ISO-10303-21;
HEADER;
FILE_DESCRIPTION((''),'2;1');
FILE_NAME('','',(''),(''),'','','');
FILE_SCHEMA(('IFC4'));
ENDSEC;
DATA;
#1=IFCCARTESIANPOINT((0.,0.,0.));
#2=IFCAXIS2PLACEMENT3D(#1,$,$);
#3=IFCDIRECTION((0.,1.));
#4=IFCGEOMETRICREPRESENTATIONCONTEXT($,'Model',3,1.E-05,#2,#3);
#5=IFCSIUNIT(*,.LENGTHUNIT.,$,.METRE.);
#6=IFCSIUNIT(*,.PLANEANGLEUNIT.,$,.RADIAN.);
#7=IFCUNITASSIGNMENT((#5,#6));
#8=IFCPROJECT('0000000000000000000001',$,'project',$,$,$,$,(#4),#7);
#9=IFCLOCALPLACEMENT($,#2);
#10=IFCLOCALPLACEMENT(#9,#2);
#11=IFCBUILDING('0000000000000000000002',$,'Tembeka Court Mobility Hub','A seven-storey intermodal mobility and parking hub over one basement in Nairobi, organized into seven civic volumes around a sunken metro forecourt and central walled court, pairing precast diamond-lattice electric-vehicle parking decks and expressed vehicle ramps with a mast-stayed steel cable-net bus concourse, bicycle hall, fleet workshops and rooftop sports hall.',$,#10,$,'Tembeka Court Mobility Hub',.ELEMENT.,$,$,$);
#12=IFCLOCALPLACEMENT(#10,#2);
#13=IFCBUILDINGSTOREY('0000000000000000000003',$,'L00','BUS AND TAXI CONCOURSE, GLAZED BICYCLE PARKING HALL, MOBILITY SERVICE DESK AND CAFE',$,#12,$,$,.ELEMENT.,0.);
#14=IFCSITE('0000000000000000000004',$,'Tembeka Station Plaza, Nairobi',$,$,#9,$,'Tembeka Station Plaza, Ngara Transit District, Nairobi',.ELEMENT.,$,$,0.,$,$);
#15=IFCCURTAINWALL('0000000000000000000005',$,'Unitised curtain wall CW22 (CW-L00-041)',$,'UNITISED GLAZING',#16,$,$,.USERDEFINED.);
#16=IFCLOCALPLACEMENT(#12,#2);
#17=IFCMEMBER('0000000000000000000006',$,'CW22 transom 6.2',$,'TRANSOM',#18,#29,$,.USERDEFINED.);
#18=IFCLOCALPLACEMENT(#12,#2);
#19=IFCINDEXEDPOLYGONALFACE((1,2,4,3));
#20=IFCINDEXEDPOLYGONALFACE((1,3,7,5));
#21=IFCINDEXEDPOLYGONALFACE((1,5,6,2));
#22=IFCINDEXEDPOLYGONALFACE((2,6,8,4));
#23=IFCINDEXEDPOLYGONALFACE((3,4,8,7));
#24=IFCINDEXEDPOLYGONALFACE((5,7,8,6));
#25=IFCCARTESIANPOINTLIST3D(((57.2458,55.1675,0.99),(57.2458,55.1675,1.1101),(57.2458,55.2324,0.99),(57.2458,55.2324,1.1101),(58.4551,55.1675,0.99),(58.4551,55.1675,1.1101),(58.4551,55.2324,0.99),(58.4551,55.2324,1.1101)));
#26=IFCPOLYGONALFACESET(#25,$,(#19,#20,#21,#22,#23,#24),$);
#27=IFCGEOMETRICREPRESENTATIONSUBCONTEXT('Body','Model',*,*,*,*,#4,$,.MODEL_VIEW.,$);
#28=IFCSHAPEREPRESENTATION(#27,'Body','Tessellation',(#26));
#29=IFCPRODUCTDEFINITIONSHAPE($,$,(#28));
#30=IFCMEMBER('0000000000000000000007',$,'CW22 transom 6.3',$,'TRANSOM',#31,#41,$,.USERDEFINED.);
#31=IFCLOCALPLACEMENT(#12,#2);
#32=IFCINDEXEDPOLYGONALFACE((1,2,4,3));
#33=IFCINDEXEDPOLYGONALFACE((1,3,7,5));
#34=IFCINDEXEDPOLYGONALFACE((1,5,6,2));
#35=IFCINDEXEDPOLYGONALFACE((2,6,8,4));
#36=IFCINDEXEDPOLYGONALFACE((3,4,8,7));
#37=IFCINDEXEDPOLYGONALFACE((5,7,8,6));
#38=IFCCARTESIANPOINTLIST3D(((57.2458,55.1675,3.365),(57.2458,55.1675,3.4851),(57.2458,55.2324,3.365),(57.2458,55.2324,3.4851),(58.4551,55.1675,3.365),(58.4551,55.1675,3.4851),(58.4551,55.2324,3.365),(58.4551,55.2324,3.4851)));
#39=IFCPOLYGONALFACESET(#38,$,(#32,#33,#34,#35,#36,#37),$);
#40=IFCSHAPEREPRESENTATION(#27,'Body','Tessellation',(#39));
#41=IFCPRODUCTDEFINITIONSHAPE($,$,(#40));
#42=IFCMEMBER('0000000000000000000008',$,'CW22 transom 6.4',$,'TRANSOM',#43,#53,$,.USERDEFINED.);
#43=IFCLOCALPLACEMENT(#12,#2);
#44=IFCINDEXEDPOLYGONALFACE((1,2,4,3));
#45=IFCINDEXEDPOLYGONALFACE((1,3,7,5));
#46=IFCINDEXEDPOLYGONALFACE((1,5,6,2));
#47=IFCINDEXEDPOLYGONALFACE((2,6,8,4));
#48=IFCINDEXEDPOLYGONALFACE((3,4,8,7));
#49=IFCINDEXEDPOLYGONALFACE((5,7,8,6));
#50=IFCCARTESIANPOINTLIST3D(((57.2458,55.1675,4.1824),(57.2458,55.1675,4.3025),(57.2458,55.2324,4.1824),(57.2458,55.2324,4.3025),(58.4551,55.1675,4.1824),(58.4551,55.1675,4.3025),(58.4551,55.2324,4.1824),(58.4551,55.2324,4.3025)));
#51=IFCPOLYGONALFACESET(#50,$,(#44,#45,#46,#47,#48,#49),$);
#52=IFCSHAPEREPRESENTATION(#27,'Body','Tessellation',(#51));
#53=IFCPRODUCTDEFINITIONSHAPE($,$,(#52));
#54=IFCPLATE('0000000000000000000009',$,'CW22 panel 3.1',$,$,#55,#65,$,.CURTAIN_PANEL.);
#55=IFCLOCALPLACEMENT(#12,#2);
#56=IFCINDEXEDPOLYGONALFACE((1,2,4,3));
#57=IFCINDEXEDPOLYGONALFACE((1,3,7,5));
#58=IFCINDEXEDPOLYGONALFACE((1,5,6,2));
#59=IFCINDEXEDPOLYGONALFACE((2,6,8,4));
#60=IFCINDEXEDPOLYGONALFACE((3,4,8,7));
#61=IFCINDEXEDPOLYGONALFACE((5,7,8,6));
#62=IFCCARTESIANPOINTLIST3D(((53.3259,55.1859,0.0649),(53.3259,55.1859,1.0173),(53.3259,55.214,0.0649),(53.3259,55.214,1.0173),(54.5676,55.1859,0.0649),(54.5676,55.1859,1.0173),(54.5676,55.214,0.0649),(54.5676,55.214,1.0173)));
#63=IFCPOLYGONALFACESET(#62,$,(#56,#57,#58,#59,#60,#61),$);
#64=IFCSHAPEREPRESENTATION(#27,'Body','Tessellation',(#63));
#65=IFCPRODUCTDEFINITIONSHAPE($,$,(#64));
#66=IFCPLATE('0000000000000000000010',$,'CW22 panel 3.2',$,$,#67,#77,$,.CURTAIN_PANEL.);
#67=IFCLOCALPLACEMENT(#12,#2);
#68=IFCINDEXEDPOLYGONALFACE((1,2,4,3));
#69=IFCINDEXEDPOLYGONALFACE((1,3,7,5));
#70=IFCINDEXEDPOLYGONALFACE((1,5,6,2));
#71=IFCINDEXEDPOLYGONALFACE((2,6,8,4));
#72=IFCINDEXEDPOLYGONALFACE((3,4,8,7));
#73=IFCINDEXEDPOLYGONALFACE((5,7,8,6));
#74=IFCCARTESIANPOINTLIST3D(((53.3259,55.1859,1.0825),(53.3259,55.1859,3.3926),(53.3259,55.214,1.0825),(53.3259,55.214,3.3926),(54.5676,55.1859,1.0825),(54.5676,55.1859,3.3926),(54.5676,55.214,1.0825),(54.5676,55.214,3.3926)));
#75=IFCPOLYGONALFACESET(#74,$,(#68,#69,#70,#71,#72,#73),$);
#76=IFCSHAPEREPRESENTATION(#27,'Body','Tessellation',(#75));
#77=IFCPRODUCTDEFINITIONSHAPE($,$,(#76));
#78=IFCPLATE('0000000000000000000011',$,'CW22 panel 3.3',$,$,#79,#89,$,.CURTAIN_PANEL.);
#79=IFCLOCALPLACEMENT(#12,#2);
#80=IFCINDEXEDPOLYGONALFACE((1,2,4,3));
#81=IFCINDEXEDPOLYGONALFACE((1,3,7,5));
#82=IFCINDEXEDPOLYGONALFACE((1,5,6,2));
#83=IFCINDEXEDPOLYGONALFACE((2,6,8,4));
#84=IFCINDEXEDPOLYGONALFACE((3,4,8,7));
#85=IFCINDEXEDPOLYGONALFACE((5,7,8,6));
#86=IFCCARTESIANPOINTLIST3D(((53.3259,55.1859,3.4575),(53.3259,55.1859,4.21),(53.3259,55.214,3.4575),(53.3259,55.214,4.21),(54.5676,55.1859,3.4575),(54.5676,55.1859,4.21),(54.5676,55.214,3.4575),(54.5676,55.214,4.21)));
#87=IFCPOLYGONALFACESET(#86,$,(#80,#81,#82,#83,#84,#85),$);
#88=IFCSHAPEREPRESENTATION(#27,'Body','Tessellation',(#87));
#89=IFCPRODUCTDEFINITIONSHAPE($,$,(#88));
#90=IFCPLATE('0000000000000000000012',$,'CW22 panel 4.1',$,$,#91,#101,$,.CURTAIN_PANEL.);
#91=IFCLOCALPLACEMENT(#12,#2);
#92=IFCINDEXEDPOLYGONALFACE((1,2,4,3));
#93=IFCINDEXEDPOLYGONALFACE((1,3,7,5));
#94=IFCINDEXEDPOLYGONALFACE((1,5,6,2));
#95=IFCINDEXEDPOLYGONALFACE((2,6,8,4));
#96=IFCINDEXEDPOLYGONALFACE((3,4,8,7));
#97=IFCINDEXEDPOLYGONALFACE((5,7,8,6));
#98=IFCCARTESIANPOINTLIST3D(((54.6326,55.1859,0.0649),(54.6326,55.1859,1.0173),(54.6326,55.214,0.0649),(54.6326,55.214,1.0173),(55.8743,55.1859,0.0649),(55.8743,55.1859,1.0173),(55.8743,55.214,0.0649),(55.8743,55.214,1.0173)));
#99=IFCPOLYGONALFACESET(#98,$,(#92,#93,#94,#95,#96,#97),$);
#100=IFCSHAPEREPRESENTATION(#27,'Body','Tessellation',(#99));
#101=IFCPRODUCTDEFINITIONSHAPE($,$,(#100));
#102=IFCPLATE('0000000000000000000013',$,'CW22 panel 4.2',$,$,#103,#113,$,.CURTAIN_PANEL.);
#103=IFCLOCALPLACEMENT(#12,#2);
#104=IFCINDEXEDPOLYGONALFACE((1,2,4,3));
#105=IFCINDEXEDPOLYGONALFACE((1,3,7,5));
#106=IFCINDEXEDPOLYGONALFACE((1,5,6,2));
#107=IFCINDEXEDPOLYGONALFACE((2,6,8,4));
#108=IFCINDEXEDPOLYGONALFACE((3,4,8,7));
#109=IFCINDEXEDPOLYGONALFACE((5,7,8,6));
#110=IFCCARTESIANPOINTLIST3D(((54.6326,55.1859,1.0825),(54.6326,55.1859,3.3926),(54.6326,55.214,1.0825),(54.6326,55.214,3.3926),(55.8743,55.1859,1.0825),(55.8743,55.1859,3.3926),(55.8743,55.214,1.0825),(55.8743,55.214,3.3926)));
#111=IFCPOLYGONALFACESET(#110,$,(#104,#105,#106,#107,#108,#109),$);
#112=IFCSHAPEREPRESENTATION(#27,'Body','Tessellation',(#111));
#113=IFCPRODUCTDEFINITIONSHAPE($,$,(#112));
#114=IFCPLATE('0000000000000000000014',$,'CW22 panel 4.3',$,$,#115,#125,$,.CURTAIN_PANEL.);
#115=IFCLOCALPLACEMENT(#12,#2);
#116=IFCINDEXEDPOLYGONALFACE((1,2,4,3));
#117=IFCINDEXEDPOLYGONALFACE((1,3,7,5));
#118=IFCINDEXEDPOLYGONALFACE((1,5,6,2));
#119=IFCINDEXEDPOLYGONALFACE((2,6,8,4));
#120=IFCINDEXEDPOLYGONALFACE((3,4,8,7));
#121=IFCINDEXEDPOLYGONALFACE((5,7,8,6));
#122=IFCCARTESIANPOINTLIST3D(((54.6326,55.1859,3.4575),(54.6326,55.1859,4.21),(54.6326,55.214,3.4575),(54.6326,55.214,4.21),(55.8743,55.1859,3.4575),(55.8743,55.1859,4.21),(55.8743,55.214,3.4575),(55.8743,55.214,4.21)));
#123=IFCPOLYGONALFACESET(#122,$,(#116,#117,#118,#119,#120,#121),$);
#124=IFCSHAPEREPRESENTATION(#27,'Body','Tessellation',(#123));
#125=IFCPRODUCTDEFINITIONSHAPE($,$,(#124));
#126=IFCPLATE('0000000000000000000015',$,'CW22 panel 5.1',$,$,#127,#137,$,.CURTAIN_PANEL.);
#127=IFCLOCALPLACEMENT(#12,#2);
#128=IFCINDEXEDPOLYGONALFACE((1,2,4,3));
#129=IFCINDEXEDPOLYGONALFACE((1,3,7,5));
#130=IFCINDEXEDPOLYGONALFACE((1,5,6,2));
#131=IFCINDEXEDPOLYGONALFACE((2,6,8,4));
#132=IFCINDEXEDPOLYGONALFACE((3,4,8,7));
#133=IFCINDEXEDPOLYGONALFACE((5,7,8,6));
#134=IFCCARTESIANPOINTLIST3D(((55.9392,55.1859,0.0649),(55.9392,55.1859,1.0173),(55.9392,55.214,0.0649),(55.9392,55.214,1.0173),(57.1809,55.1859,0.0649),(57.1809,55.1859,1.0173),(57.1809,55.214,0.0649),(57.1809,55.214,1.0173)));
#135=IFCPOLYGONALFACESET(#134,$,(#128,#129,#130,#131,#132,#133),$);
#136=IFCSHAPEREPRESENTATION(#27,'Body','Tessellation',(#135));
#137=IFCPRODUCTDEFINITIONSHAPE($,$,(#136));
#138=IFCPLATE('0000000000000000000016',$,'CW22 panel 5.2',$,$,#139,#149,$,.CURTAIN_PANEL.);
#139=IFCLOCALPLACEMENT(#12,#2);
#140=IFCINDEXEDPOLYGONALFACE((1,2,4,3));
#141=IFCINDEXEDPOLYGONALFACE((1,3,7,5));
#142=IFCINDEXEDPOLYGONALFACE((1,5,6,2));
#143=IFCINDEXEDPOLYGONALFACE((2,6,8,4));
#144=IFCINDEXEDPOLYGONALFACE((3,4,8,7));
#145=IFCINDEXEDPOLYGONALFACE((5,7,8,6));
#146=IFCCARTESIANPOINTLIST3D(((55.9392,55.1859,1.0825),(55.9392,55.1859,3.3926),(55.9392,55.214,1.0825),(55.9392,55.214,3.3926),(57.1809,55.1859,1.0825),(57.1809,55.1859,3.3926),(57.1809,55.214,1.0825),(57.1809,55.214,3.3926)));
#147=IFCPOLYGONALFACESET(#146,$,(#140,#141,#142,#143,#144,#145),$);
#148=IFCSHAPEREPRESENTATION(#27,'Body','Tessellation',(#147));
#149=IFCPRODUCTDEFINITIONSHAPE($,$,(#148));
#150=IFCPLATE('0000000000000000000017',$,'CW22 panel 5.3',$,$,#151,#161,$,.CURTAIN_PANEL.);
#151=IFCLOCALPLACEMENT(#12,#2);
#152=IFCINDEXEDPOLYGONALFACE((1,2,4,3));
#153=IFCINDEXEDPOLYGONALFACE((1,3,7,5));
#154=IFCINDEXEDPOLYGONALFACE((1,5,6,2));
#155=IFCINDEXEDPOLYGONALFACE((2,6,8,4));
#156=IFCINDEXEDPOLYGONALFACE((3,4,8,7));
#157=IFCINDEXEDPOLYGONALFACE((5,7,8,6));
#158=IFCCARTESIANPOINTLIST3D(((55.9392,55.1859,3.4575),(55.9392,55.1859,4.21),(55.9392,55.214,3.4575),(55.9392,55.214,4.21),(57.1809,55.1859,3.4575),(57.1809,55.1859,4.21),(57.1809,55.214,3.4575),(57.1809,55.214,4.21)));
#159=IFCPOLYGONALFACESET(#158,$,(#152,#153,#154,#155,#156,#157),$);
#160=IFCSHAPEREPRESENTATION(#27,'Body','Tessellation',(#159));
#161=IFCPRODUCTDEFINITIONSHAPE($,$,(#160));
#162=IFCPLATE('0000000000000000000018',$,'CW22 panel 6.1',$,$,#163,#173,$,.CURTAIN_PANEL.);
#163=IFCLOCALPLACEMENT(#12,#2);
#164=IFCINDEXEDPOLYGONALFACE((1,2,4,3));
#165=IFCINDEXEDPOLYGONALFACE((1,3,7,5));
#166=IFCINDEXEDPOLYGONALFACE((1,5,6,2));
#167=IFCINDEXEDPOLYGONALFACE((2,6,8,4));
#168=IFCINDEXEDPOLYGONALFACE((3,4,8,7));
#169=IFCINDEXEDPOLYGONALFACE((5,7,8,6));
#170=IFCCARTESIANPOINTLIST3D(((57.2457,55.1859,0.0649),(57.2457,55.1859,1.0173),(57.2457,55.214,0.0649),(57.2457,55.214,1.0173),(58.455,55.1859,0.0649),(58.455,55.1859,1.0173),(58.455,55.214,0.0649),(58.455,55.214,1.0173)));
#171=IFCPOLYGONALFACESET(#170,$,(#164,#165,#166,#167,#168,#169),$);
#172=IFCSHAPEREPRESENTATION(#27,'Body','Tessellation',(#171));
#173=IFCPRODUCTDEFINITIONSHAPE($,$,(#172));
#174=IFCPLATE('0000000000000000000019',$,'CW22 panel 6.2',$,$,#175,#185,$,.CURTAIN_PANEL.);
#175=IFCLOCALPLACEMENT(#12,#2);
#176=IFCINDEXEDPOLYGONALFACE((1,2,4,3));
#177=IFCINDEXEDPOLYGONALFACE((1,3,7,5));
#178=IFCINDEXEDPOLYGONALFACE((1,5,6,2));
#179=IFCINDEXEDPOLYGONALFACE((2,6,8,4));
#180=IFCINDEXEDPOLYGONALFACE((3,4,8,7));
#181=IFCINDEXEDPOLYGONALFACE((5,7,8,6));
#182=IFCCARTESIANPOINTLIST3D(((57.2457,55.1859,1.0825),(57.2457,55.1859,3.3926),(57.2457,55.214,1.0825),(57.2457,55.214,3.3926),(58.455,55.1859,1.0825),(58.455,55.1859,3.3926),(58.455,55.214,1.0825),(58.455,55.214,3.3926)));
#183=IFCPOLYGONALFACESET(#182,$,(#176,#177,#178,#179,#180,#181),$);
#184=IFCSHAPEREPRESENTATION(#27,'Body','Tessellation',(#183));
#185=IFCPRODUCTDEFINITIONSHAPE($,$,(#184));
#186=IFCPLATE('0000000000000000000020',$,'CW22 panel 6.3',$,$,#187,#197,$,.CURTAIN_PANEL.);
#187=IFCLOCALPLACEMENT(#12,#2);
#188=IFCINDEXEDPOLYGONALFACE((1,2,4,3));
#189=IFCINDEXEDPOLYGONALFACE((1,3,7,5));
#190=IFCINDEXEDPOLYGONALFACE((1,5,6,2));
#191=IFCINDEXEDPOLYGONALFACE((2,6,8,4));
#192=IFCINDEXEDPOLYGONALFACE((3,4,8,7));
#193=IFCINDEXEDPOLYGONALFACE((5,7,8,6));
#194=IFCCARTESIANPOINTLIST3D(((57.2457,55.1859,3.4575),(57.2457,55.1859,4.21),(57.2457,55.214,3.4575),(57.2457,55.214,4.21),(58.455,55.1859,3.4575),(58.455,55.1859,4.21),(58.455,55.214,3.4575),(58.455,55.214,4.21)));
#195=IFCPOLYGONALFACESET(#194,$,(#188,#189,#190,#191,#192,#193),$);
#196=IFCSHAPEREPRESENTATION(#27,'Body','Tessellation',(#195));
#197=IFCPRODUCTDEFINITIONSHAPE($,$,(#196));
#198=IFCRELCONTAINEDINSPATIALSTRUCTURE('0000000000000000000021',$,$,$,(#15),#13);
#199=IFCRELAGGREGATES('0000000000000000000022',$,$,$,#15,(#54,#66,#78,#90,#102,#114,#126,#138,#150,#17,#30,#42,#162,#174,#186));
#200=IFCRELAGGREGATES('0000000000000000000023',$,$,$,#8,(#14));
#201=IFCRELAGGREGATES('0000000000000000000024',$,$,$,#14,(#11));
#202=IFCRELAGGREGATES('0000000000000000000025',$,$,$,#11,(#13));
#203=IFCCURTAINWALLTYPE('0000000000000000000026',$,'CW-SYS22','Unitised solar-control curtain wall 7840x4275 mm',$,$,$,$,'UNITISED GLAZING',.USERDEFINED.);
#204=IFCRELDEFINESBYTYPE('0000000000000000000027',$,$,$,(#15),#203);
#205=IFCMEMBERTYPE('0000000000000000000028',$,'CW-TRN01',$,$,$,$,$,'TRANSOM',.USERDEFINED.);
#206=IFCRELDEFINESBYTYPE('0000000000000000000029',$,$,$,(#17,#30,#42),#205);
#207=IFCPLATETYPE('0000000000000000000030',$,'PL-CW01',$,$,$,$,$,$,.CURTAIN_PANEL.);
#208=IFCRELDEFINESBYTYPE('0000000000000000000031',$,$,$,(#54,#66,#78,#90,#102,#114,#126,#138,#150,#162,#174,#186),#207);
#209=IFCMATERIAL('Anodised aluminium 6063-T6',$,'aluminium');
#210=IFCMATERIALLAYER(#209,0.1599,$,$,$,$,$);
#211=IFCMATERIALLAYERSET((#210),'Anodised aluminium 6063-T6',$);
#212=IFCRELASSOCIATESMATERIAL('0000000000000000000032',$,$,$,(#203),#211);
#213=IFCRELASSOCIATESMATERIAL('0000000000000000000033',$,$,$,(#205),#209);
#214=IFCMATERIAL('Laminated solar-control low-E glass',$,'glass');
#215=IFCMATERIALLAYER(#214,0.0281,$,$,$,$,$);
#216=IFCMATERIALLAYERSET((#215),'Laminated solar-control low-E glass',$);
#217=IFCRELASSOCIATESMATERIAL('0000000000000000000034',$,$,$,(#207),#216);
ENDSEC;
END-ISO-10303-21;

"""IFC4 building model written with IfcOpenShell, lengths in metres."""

from ifc_helpers import new_model, si_unit, direction, frame, origin, origin_2d, place, context, subcontext, project, spatial, rectangle, extrude, material, layer, layer_set, material_profile, profile_set, type_object, element, aggregate, save


model = new_model("IFC4")

# Units and contexts
model_context = context("Model", 3, precision=1e-05, world=origin(), true_north=direction((0.0, 1.0)))
body_context = subcontext(model_context, "Body", "Model", "MODEL_VIEW")
ifc_project = project(units=[si_unit("LENGTHUNIT", "METRE"), si_unit("PLANEANGLEUNIT", "RADIAN")], contexts=[model_context])

# Site, building, storey
site_placement = place(None, origin())
site = spatial("IfcSite", under=ifc_project, at=site_placement, Name="Tembeka Station Plaza, Nairobi", LongName="Tembeka Station Plaza, Ngara Transit District, Nairobi", CompositionType="ELEMENT", RefElevation=0.0)
building_placement = place(site_placement, origin())
building = spatial("IfcBuilding", under=site, at=building_placement, Name="Tembeka Court Mobility Hub", Description="A seven-storey intermodal mobility and parking hub over one basement in Nairobi, organized into seven civic volumes around a sunken metro forecourt and central walled court, pairing precast diamond-lattice electric-vehicle parking decks and expressed vehicle ramps with a mast-stayed steel cable-net bus concourse, bicycle hall, fleet workshops and rooftop sports hall.", LongName="Tembeka Court Mobility Hub", CompositionType="ELEMENT")
storey_placement = place(building_placement, origin())
storey = spatial("IfcBuildingStorey", under=building, at=storey_placement, Name="L00", Description="BUS AND TAXI CONCOURSE, GLAZED BICYCLE PARKING HALL, MOBILITY SERVICE DESK AND CAFE", CompositionType="ELEMENT", Elevation=0.0)

# Curtain wall, members, plates
ifc_material_1 = material(Name="Anodised aluminium 6063-T6", Category="aluminium")
ifc_layer_1 = layer(ifc_material_1, 0.1599)
ifc_layer_set_1 = layer_set([ifc_layer_1], Name="Anodised aluminium 6063-T6")
curtain_wall_type = type_object("IfcCurtainWallType", Name="CW-SYS22", Description="Unitised solar-control curtain wall 7840x4275 mm", ElementType="UNITISED GLAZING", PredefinedType="USERDEFINED", material=ifc_layer_set_1)
curtain_wall_placement = place(storey_placement, origin())
curtain_wall = element("IfcCurtainWall", 1, at=curtain_wall_placement, inside=storey, type_object=curtain_wall_type, Name="Unitised curtain wall CW22 (CW-L00-041)", ObjectType="UNITISED GLAZING", PredefinedType="USERDEFINED")
ifc_material_profile_1 = material_profile(ifc_material_1, rectangle(XDim=0.0649, YDim=0.1201, at=origin_2d()), Name="ALU-TRN 65x120")
ifc_profile_set_1 = profile_set([ifc_material_profile_1], Name="Anodised aluminium 6063-T6")
member_type_1 = type_object("IfcMemberType", Name="CW-TRN01", ElementType="TRANSOM", PredefinedType="USERDEFINED", material=ifc_profile_set_1)
member_1_placement = place(storey_placement, frame((57.2458, 55.2, 1.05), z_axis=(1.0, 0.0, 0.0), x_axis=(0.0, 1.0, 0.0)))
member_1 = element("IfcMember", 2, at=member_1_placement, type_object=member_type_1, Name="CW22 transom 6.2", ObjectType="TRANSOM", PredefinedType="USERDEFINED", context=body_context, shape_type="SweptSolid", body=[
    extrude(rectangle(XDim=0.0649, YDim=0.1201, at=origin_2d()), origin(), (0.0, 0.0, 1.0), 1.2092),
])
member_2_placement = place(storey_placement, frame((57.2458, 55.2, 3.425), z_axis=(1.0, 0.0, 0.0), x_axis=(0.0, 1.0, 0.0)))
member_2 = element("IfcMember", 3, at=member_2_placement, type_object=member_type_1, Name="CW22 transom 6.3", ObjectType="TRANSOM", PredefinedType="USERDEFINED", context=body_context, shape_type="SweptSolid", body=[
    extrude(rectangle(XDim=0.0649, YDim=0.1201, at=origin_2d()), origin(), (0.0, 0.0, 1.0), 1.2092),
])
member_3_placement = place(storey_placement, frame((57.2458, 55.2, 4.2424), z_axis=(1.0, 0.0, 0.0), x_axis=(0.0, 1.0, 0.0)))
member_3 = element("IfcMember", 4, at=member_3_placement, type_object=member_type_1, Name="CW22 transom 6.4", ObjectType="TRANSOM", PredefinedType="USERDEFINED", context=body_context, shape_type="SweptSolid", body=[
    extrude(rectangle(XDim=0.0649, YDim=0.1201, at=origin_2d()), origin(), (0.0, 0.0, 1.0), 1.2092),
])
ifc_material_2 = material(Name="Laminated solar-control low-E glass", Category="glass")
ifc_layer_2 = layer(ifc_material_2, 0.0281)
ifc_layer_set_2 = layer_set([ifc_layer_2], Name="Laminated solar-control low-E glass")
plate_type = type_object("IfcPlateType", Name="PL-CW01", PredefinedType="CURTAIN_PANEL", material=ifc_layer_set_2)
plate_1_placement = place(storey_placement, frame((53.9468, 55.2, 0.0649), z_axis=(0.0, 0.0, 1.0), x_axis=(1.0, 0.0, 0.0)))
plate_1 = element("IfcPlate", 5, at=plate_1_placement, type_object=plate_type, Name="CW22 panel 3.1", PredefinedType="CURTAIN_PANEL", context=body_context, shape_type="SweptSolid", body=[
    extrude(rectangle(XDim=1.2417, YDim=0.0281, at=origin_2d()), origin(), (0.0, 0.0, 1.0), 0.9524),
])
plate_2_placement = place(storey_placement, frame((53.9468, 55.2, 1.0825), z_axis=(0.0, 0.0, 1.0), x_axis=(1.0, 0.0, 0.0)))
plate_2 = element("IfcPlate", 6, at=plate_2_placement, type_object=plate_type, Name="CW22 panel 3.2", PredefinedType="CURTAIN_PANEL", context=body_context, shape_type="SweptSolid", body=[
    extrude(rectangle(XDim=1.2417, YDim=0.0281, at=origin_2d()), origin(), (0.0, 0.0, 1.0), 2.3101),
])
plate_3_placement = place(storey_placement, frame((53.9468, 55.2, 3.4575), z_axis=(0.0, 0.0, 1.0), x_axis=(1.0, 0.0, 0.0)))
plate_3 = element("IfcPlate", 7, at=plate_3_placement, type_object=plate_type, Name="CW22 panel 3.3", PredefinedType="CURTAIN_PANEL", context=body_context, shape_type="SweptSolid", body=[
    extrude(rectangle(XDim=1.2417, YDim=0.0281, at=origin_2d()), origin(), (0.0, 0.0, 1.0), 0.7524),
])
plate_4_placement = place(storey_placement, frame((55.2534, 55.2, 0.0649), z_axis=(0.0, 0.0, 1.0), x_axis=(1.0, 0.0, 0.0)))
plate_4 = element("IfcPlate", 8, at=plate_4_placement, type_object=plate_type, Name="CW22 panel 4.1", PredefinedType="CURTAIN_PANEL", context=body_context, shape_type="SweptSolid", body=[
    extrude(rectangle(XDim=1.2417, YDim=0.0281, at=origin_2d()), origin(), (0.0, 0.0, 1.0), 0.9524),
])
plate_5_placement = place(storey_placement, frame((55.2534, 55.2, 1.0825), z_axis=(0.0, 0.0, 1.0), x_axis=(1.0, 0.0, 0.0)))
plate_5 = element("IfcPlate", 9, at=plate_5_placement, type_object=plate_type, Name="CW22 panel 4.2", PredefinedType="CURTAIN_PANEL", context=body_context, shape_type="SweptSolid", body=[
    extrude(rectangle(XDim=1.2417, YDim=0.0281, at=origin_2d()), origin(), (0.0, 0.0, 1.0), 2.3101),
])
plate_6_placement = place(storey_placement, frame((55.2534, 55.2, 3.4575), z_axis=(0.0, 0.0, 1.0), x_axis=(1.0, 0.0, 0.0)))
plate_6 = element("IfcPlate", 10, at=plate_6_placement, type_object=plate_type, Name="CW22 panel 4.3", PredefinedType="CURTAIN_PANEL", context=body_context, shape_type="SweptSolid", body=[
    extrude(rectangle(XDim=1.2417, YDim=0.0281, at=origin_2d()), origin(), (0.0, 0.0, 1.0), 0.7524),
])
plate_7_placement = place(storey_placement, frame((56.5601, 55.2, 0.0649), z_axis=(0.0, 0.0, 1.0), x_axis=(1.0, 0.0, 0.0)))
plate_7 = element("IfcPlate", 11, at=plate_7_placement, type_object=plate_type, Name="CW22 panel 5.1", PredefinedType="CURTAIN_PANEL", context=body_context, shape_type="SweptSolid", body=[
    extrude(rectangle(XDim=1.2417, YDim=0.0281, at=origin_2d()), origin(), (0.0, 0.0, 1.0), 0.9524),
])
plate_8_placement = place(storey_placement, frame((56.5601, 55.2, 1.0825), z_axis=(0.0, 0.0, 1.0), x_axis=(1.0, 0.0, 0.0)))
plate_8 = element("IfcPlate", 12, at=plate_8_placement, type_object=plate_type, Name="CW22 panel 5.2", PredefinedType="CURTAIN_PANEL", context=body_context, shape_type="SweptSolid", body=[
    extrude(rectangle(XDim=1.2417, YDim=0.0281, at=origin_2d()), origin(), (0.0, 0.0, 1.0), 2.3101),
])
plate_9_placement = place(storey_placement, frame((56.5601, 55.2, 3.4575), z_axis=(0.0, 0.0, 1.0), x_axis=(1.0, 0.0, 0.0)))
plate_9 = element("IfcPlate", 13, at=plate_9_placement, type_object=plate_type, Name="CW22 panel 5.3", PredefinedType="CURTAIN_PANEL", context=body_context, shape_type="SweptSolid", body=[
    extrude(rectangle(XDim=1.2417, YDim=0.0281, at=origin_2d()), origin(), (0.0, 0.0, 1.0), 0.7524),
])
plate_10_placement = place(storey_placement, frame((57.8503, 55.2, 0.0649), z_axis=(0.0, 0.0, 1.0), x_axis=(1.0, 0.0, 0.0)))
plate_10 = element("IfcPlate", 14, at=plate_10_placement, type_object=plate_type, Name="CW22 panel 6.1", PredefinedType="CURTAIN_PANEL", context=body_context, shape_type="SweptSolid", body=[
    extrude(rectangle(XDim=1.2092, YDim=0.0281, at=origin_2d()), origin(), (0.0, 0.0, 1.0), 0.9524),
])
plate_11_placement = place(storey_placement, frame((57.8503, 55.2, 1.0825), z_axis=(0.0, 0.0, 1.0), x_axis=(1.0, 0.0, 0.0)))
plate_11 = element("IfcPlate", 15, at=plate_11_placement, type_object=plate_type, Name="CW22 panel 6.2", PredefinedType="CURTAIN_PANEL", context=body_context, shape_type="SweptSolid", body=[
    extrude(rectangle(XDim=1.2092, YDim=0.0281, at=origin_2d()), origin(), (0.0, 0.0, 1.0), 2.3101),
])
plate_12_placement = place(storey_placement, frame((57.8503, 55.2, 3.4575), z_axis=(0.0, 0.0, 1.0), x_axis=(1.0, 0.0, 0.0)))
plate_12 = element("IfcPlate", 16, at=plate_12_placement, type_object=plate_type, Name="CW22 panel 6.3", PredefinedType="CURTAIN_PANEL", context=body_context, shape_type="SweptSolid", body=[
    extrude(rectangle(XDim=1.2092, YDim=0.0281, at=origin_2d()), origin(), (0.0, 0.0, 1.0), 0.7524),
])
aggregate(curtain_wall, [plate_1, plate_2, plate_3, plate_4, plate_5, plate_6, plate_7, plate_8, plate_9, member_1, member_2, member_3, plate_10, plate_11, plate_12])

save(model, "model.ifc")
